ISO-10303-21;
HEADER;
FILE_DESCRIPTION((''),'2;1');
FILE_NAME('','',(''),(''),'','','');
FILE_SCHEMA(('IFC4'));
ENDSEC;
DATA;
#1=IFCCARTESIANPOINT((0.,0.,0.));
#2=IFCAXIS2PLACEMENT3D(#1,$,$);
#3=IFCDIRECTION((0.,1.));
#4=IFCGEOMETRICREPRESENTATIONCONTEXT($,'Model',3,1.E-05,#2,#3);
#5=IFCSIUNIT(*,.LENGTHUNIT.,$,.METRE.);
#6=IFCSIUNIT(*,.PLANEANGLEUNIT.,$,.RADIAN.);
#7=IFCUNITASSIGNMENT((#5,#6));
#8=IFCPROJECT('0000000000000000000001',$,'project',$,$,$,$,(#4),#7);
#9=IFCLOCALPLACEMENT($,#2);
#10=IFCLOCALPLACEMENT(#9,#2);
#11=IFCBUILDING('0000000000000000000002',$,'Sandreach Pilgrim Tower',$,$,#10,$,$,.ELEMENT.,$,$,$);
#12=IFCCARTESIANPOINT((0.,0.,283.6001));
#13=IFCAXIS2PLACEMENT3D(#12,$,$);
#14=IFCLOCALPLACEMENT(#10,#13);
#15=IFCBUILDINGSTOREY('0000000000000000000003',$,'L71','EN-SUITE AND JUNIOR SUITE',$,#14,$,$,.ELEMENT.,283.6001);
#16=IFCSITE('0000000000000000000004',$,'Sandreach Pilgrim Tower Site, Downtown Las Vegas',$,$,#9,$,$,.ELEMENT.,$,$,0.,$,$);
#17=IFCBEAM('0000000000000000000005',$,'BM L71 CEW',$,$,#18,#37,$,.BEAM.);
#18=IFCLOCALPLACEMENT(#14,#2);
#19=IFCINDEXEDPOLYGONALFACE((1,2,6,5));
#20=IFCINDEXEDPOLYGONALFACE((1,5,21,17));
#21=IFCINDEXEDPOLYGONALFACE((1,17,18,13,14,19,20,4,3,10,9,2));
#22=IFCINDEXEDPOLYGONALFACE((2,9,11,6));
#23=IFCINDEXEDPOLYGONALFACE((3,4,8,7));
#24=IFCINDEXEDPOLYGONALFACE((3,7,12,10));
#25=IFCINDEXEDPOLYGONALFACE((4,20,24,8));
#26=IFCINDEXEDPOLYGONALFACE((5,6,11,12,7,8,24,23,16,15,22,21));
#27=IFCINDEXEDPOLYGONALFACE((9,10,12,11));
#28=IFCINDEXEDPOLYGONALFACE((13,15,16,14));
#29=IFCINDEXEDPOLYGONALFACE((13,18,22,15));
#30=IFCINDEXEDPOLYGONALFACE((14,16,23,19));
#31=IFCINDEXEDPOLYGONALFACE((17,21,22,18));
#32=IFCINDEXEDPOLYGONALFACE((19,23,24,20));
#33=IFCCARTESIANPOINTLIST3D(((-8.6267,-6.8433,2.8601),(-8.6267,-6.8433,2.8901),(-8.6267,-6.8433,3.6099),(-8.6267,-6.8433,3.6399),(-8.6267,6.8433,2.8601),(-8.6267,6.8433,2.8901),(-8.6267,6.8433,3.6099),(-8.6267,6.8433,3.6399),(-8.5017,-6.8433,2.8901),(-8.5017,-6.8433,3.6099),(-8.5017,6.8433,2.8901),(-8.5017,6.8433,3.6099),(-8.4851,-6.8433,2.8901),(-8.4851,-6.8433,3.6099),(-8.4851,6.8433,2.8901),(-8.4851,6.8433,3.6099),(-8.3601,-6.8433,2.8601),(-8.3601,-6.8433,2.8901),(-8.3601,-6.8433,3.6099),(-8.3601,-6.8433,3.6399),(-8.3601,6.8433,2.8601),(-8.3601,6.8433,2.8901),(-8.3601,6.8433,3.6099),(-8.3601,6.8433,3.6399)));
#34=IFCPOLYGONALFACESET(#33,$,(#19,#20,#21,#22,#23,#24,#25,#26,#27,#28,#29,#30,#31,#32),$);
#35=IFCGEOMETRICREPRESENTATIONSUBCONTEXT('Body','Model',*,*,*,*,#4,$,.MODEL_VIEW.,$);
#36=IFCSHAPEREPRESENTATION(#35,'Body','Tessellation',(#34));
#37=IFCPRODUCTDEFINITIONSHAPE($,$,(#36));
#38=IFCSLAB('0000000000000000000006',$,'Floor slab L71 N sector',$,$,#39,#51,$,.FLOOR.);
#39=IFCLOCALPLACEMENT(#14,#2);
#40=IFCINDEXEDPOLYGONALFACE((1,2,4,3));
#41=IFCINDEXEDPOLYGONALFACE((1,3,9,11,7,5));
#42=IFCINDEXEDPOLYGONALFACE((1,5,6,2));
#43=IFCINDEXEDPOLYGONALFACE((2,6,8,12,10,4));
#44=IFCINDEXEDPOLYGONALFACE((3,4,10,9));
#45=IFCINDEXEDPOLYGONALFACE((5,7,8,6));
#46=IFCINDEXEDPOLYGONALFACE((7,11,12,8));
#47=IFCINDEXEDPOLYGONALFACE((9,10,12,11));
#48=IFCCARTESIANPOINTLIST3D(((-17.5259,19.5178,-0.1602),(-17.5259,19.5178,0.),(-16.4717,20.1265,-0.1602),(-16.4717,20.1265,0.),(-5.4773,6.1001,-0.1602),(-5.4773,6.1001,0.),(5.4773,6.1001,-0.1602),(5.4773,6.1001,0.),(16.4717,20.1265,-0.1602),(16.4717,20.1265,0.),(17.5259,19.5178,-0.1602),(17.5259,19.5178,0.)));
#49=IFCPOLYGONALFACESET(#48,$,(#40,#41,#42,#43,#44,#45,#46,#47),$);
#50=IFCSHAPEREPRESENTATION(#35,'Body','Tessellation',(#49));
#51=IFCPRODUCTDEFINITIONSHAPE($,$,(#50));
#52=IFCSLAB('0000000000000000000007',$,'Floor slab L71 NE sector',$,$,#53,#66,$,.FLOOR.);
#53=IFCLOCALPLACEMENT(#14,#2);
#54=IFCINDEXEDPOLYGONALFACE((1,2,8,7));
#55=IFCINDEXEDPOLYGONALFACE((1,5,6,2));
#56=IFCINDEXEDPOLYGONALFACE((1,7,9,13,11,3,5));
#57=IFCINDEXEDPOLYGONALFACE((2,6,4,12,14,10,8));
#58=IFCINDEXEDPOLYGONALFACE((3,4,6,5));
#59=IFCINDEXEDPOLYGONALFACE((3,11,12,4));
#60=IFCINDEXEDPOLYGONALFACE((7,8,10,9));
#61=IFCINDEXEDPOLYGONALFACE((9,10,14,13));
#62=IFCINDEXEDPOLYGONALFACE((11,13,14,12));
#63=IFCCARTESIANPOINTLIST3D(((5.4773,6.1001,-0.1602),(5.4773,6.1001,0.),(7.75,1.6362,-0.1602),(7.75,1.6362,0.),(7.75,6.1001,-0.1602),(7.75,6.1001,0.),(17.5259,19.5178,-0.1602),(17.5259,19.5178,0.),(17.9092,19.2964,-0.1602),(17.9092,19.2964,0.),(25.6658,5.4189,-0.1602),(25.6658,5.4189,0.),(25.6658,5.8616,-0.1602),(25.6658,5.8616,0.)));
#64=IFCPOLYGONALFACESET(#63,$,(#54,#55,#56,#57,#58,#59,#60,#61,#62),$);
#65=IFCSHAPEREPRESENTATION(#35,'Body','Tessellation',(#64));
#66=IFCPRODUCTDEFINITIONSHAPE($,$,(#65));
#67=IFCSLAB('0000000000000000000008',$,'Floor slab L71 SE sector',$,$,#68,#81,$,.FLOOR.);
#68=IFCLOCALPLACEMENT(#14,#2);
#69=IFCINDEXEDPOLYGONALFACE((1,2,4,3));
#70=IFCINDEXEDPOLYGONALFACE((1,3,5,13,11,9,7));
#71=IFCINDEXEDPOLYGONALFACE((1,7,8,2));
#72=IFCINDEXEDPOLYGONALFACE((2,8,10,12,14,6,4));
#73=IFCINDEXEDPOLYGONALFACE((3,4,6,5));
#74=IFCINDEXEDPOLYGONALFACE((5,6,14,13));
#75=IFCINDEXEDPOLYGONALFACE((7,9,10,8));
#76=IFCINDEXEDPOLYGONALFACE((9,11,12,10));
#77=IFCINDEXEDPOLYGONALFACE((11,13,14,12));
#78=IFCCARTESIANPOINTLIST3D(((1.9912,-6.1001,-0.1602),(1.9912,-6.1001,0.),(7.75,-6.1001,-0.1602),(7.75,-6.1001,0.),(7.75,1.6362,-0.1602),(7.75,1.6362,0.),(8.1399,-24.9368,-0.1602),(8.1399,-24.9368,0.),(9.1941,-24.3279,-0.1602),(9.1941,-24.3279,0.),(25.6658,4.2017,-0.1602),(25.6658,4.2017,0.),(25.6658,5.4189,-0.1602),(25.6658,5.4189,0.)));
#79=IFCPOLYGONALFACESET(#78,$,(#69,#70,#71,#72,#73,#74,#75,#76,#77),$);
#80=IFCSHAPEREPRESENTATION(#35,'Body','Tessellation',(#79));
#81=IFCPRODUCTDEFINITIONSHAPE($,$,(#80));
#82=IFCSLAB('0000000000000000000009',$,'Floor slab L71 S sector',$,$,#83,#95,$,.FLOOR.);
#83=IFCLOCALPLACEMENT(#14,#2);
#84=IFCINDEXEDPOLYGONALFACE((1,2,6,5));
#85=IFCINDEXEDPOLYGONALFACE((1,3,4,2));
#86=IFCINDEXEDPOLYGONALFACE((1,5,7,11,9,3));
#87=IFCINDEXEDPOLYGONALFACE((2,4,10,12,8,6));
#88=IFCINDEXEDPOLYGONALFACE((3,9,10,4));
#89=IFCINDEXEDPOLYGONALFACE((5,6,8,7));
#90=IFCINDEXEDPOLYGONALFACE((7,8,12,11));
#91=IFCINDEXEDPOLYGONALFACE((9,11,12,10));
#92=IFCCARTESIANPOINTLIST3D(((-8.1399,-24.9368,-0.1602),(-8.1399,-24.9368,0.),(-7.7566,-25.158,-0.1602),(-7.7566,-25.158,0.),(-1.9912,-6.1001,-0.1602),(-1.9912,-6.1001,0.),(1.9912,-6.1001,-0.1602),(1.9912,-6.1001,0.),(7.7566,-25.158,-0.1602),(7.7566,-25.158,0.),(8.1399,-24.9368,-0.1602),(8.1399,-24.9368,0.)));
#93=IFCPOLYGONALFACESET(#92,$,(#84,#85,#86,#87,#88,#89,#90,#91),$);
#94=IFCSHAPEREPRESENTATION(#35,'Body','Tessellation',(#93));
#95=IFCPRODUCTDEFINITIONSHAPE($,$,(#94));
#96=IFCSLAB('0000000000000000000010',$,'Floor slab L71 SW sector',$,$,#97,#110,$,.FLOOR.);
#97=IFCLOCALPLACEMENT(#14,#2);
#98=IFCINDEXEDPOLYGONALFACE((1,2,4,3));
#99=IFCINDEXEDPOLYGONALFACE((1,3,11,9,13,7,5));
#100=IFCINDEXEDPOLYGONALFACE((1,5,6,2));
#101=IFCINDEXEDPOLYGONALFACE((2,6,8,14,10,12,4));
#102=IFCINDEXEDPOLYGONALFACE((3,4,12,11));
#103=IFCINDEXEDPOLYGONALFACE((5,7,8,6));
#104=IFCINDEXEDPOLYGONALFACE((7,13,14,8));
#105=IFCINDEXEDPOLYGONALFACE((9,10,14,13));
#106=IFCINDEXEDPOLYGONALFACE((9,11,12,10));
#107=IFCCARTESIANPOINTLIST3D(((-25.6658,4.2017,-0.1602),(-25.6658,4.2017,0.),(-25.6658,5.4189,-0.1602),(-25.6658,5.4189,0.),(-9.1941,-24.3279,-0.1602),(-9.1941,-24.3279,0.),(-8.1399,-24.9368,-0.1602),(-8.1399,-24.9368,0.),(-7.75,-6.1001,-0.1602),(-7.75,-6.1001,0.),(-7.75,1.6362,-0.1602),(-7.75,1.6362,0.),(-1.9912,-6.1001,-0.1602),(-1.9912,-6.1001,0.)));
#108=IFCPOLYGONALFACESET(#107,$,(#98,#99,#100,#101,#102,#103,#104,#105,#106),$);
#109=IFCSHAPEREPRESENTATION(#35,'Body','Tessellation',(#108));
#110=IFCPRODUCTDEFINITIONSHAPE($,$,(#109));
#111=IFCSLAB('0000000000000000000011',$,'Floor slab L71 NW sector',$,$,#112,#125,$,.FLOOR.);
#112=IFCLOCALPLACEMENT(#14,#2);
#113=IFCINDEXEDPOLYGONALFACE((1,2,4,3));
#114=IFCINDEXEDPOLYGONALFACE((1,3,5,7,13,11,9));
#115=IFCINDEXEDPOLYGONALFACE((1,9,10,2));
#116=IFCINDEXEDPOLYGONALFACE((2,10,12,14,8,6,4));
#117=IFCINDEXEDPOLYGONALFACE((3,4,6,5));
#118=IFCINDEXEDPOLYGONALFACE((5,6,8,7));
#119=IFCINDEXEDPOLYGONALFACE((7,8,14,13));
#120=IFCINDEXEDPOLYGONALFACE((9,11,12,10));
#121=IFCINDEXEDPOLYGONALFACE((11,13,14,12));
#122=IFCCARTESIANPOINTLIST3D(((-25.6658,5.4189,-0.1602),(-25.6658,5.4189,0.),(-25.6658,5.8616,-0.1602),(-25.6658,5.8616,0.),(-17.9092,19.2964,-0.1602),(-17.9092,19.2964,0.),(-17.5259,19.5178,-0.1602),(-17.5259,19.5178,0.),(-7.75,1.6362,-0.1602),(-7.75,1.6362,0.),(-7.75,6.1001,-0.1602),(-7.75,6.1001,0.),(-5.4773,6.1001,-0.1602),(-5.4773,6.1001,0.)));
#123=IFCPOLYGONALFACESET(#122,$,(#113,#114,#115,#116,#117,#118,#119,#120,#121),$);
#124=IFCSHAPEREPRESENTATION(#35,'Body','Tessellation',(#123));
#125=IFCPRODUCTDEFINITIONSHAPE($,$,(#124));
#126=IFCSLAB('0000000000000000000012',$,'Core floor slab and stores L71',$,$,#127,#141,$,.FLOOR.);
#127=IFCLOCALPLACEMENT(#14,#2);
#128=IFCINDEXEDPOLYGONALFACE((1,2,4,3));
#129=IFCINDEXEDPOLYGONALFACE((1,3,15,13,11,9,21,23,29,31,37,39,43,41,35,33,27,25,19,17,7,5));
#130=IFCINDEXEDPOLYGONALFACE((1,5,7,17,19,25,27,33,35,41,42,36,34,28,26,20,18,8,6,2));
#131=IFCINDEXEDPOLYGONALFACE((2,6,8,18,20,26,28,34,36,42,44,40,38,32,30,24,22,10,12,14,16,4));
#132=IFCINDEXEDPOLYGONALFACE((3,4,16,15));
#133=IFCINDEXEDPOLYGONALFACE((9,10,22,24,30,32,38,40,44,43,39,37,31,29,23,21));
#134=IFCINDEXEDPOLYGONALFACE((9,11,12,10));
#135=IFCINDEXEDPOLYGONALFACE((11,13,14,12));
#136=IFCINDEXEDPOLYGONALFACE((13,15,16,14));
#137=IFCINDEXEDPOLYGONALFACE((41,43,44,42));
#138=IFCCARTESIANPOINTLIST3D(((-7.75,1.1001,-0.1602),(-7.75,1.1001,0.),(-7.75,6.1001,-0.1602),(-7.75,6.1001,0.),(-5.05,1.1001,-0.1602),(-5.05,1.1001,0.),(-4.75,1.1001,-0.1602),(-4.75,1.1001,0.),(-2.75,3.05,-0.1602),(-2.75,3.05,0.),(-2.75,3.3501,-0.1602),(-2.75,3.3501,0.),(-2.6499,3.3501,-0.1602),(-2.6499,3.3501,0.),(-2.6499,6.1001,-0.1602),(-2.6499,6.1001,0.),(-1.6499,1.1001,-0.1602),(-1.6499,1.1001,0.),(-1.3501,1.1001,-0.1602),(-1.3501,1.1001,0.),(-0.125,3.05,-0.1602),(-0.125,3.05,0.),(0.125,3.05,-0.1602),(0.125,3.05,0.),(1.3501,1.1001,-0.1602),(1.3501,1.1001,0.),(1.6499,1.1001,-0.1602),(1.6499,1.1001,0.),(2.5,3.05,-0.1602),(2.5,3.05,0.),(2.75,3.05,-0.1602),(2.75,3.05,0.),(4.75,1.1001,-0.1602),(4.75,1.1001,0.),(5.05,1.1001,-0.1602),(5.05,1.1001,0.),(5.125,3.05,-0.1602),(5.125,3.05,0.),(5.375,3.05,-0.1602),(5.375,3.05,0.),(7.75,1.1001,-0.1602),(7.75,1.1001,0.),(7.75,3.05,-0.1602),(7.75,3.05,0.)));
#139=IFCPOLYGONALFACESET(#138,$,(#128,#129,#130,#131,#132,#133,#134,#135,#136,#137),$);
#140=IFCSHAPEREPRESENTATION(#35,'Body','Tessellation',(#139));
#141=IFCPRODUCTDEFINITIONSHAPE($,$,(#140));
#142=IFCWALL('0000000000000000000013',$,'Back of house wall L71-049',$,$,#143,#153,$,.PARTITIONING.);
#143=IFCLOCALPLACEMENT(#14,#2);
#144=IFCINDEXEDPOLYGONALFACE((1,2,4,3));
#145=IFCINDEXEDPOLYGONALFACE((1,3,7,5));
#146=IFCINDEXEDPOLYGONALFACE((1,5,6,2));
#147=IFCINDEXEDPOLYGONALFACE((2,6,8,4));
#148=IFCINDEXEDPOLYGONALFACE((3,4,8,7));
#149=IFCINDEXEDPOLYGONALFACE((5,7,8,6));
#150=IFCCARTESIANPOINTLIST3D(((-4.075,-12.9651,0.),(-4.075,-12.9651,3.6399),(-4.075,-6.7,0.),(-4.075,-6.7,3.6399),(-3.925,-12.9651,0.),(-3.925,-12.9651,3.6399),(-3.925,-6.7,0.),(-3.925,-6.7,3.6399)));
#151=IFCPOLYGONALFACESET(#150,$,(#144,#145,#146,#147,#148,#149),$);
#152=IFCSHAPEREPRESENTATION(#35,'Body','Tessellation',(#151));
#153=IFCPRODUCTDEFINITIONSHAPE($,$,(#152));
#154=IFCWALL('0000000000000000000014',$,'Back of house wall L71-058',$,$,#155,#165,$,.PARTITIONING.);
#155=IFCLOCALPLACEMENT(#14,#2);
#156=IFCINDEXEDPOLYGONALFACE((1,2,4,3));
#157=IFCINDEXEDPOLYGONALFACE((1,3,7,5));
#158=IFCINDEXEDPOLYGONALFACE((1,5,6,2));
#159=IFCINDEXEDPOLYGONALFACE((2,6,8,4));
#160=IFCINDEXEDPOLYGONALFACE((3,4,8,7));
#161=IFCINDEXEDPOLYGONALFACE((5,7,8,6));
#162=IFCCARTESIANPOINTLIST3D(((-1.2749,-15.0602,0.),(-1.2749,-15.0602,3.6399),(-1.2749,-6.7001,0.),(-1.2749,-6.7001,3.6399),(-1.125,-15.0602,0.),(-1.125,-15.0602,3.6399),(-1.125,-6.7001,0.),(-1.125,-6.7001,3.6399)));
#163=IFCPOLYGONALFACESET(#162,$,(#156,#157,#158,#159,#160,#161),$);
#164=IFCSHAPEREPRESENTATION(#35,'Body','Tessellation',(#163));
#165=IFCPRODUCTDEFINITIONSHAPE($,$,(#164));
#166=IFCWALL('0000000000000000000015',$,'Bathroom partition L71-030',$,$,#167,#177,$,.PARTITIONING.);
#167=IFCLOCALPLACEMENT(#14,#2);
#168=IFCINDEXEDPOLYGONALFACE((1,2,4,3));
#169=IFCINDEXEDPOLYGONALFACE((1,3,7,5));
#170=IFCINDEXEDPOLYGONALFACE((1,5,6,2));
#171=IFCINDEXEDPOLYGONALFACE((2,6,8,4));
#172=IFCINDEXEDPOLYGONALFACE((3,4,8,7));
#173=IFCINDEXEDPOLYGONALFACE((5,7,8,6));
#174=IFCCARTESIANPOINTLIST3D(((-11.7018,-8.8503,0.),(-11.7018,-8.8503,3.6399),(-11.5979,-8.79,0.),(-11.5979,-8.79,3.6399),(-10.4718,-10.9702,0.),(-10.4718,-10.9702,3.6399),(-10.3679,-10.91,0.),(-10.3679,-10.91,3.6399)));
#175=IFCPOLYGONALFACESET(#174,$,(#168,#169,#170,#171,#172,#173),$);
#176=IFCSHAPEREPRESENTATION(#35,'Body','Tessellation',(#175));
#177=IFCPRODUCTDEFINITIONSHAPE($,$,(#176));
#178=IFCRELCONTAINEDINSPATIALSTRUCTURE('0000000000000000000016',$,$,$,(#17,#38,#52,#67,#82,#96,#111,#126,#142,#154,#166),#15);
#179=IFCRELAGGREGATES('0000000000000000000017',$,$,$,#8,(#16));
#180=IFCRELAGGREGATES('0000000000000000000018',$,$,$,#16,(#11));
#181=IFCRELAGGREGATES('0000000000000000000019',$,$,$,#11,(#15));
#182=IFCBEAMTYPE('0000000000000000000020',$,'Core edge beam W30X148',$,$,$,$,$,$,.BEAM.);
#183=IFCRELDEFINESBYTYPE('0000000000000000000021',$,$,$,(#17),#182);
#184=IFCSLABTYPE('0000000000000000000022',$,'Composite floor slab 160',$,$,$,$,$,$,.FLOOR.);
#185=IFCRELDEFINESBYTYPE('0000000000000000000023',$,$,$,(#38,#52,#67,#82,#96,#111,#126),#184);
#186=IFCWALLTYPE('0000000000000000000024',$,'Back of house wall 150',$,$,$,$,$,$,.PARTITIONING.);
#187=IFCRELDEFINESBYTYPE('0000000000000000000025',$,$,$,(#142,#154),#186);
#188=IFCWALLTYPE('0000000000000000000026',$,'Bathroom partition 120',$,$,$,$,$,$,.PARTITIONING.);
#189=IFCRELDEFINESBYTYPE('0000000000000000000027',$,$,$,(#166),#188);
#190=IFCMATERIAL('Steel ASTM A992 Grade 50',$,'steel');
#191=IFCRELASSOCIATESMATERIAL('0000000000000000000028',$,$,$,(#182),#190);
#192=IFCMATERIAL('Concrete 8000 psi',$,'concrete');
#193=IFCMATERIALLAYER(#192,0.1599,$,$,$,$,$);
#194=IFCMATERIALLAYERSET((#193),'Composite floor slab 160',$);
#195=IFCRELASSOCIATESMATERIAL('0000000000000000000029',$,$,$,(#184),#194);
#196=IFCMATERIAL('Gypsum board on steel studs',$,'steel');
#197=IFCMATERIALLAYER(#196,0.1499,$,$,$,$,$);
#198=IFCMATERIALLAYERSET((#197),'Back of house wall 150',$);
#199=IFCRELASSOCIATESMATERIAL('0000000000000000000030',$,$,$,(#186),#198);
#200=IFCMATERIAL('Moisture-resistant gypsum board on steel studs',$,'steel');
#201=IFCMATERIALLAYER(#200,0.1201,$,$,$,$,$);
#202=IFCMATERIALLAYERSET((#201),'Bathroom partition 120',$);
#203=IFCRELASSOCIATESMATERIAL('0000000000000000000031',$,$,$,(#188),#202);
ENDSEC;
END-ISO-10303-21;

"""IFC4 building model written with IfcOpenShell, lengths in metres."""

from ifc_helpers import new_model, si_unit, direction, frame, frame_2d, origin, origin_2d, place, context, subcontext, project, spatial, polyline, rectangle, i_section, outline, extrude, material, layer, layer_set, material_profile, profile_set, type_object, element, save


model = new_model("IFC4")

# Units and contexts
model_context = context("Model", 3, precision=1e-05, world=origin(), true_north=direction((0.0, 1.0)))
body_context = subcontext(model_context, "Body", "Model", "MODEL_VIEW")
ifc_project = project(units=[si_unit("LENGTHUNIT", "METRE"), si_unit("PLANEANGLEUNIT", "RADIAN")], contexts=[model_context])

# Site, building, storey
site_placement = place(None, origin())
site = spatial("IfcSite", under=ifc_project, at=site_placement, Name="Sandreach Pilgrim Tower Site, Downtown Las Vegas", CompositionType="ELEMENT", RefElevation=0.0)
building_placement = place(site_placement, origin())
building = spatial("IfcBuilding", under=site, at=building_placement, Name="Sandreach Pilgrim Tower", CompositionType="ELEMENT")
storey_placement = place(building_placement, frame((0.0, 0.0, 283.6001)))
storey = spatial("IfcBuildingStorey", under=building, at=storey_placement, Name="L71", Description="EN-SUITE AND JUNIOR SUITE", CompositionType="ELEMENT", Elevation=283.6001)

# Beam
ifc_material_1 = material(Name="Steel ASTM A992 Grade 50", Category="steel")
ifc_material_profile = material_profile(ifc_material_1, i_section(OverallWidth=0.2666, OverallDepth=0.7798, WebThickness=0.0166, FlangeThickness=0.03, at=origin_2d()), Name="W30X148")
ifc_profile_set = profile_set([ifc_material_profile], Name="Steel ASTM A992 Grade 50")
beam_type = type_object("IfcBeamType", Name="Core edge beam W30X148", PredefinedType="BEAM", material=ifc_profile_set)
beam_placement = place(storey_placement, frame((-8.4934, -6.8433, 3.25), z_axis=(0.0, 1.0, 0.0), x_axis=(-1.0, 0.0, 0.0)))
element("IfcBeam", 1, at=beam_placement, inside=storey, type_object=beam_type, Name="BM L71 CEW", PredefinedType="BEAM", context=body_context, shape_type="SweptSolid", body=[
    extrude(i_section(OverallWidth=0.2666, OverallDepth=0.7798, WebThickness=0.0166, FlangeThickness=0.03, at=origin_2d()), origin(), (0.0, 0.0, 1.0), 13.6865),
])

# Slabs
ifc_material_2 = material(Name="Concrete 8000 psi", Category="concrete")
ifc_layer_1 = layer(ifc_material_2, 0.1599)
ifc_layer_set_1 = layer_set([ifc_layer_1], Name="Composite floor slab 160")
slab_type = type_object("IfcSlabType", Name="Composite floor slab 160", PredefinedType="FLOOR", material=ifc_layer_set_1)
slab_1_placement = place(storey_placement, frame((0.0, 0.0, -0.1602)))
element("IfcSlab", 2, at=slab_1_placement, inside=storey, type_object=slab_type, Name="Floor slab L71 N sector", PredefinedType="FLOOR", context=body_context, shape_type="SweptSolid", body=[
    extrude(outline(polyline([(-16.4717, 20.1265), (16.4717, 20.1265), (17.5259, 19.5178), (5.4773, 6.1001), (-5.4773, 6.1001), (-17.5259, 19.5178), (-16.4717, 20.1265)])), origin(), (0.0, 0.0, 1.0), 0.1602),
])
slab_2_placement = place(storey_placement, frame((0.0, 0.0, -0.1602)))
element("IfcSlab", 3, at=slab_2_placement, inside=storey, type_object=slab_type, Name="Floor slab L71 NE sector", PredefinedType="FLOOR", context=body_context, shape_type="SweptSolid", body=[
    extrude(outline(polyline([(17.9092, 19.2964), (25.6658, 5.8616), (25.6658, 5.4189), (7.75, 1.6362), (7.75, 6.1001), (5.4773, 6.1001), (17.5259, 19.5178), (17.9092, 19.2964)])), origin(), (0.0, 0.0, 1.0), 0.1602),
])
slab_3_placement = place(storey_placement, frame((0.0, 0.0, -0.1602)))
element("IfcSlab", 4, at=slab_3_placement, inside=storey, type_object=slab_type, Name="Floor slab L71 SE sector", PredefinedType="FLOOR", context=body_context, shape_type="SweptSolid", body=[
    extrude(outline(polyline([(25.6658, 4.2017), (9.1941, -24.3279), (8.1399, -24.9368), (1.9912, -6.1001), (7.75, -6.1001), (7.75, 1.6362), (25.6658, 5.4189), (25.6658, 4.2017)])), origin(), (0.0, 0.0, 1.0), 0.1602),
])
slab_4_placement = place(storey_placement, frame((0.0, 0.0, -0.1602)))
element("IfcSlab", 5, at=slab_4_placement, inside=storey, type_object=slab_type, Name="Floor slab L71 S sector", PredefinedType="FLOOR", context=body_context, shape_type="SweptSolid", body=[
    extrude(outline(polyline([(7.7566, -25.158), (-7.7566, -25.158), (-8.1399, -24.9368), (-1.9912, -6.1001), (1.9912, -6.1001), (8.1399, -24.9368), (7.7566, -25.158)])), origin(), (0.0, 0.0, 1.0), 0.1602),
])
slab_5_placement = place(storey_placement, frame((0.0, 0.0, -0.1602)))
element("IfcSlab", 6, at=slab_5_placement, inside=storey, type_object=slab_type, Name="Floor slab L71 SW sector", PredefinedType="FLOOR", context=body_context, shape_type="SweptSolid", body=[
    extrude(outline(polyline([(-9.1941, -24.3279), (-25.6658, 4.2017), (-25.6658, 5.4189), (-7.75, 1.6362), (-7.75, -6.1001), (-1.9912, -6.1001), (-8.1399, -24.9368), (-9.1941, -24.3279)])), origin(), (0.0, 0.0, 1.0), 0.1602),
])
slab_6_placement = place(storey_placement, frame((0.0, 0.0, -0.1602)))
element("IfcSlab", 7, at=slab_6_placement, inside=storey, type_object=slab_type, Name="Floor slab L71 NW sector", PredefinedType="FLOOR", context=body_context, shape_type="SweptSolid", body=[
    extrude(outline(polyline([(-25.6658, 5.8616), (-17.9092, 19.2964), (-17.5259, 19.5178), (-5.4773, 6.1001), (-7.75, 6.1001), (-7.75, 1.6362), (-25.6658, 5.4189), (-25.6658, 5.8616)])), origin(), (0.0, 0.0, 1.0), 0.1602),
])
slab_7_placement = place(storey_placement, frame((0.0, 0.0, -0.1602)))
element("IfcSlab", 8, at=slab_7_placement, inside=storey, type_object=slab_type, Name="Core floor slab and stores L71", PredefinedType="FLOOR", context=body_context, shape_type="SweptSolid", body=[
    extrude(outline(polyline([(-2.75, 3.3501), (-2.75, 3.05), (-0.125, 3.05), (0.125, 3.05), (2.5, 3.05), (2.75, 3.05), (5.125, 3.05), (5.375, 3.05), (7.75, 3.05), (7.75, 1.1001), (5.05, 1.1001), (4.75, 1.1001), (1.6499, 1.1001), (1.3501, 1.1001), (-1.3501, 1.1001), (-1.6499, 1.1001), (-4.75, 1.1001), (-5.05, 1.1001), (-7.75, 1.1001), (-7.75, 6.1001), (-2.6499, 6.1001), (-2.6499, 3.3501), (-2.75, 3.3501)])), origin(), (0.0, 0.0, 1.0), 0.1602),
])

# Walls
ifc_material_3 = material(Name="Gypsum board on steel studs", Category="steel")
ifc_layer_2 = layer(ifc_material_3, 0.1499)
ifc_layer_set_2 = layer_set([ifc_layer_2], Name="Back of house wall 150")
wall_type_1 = type_object("IfcWallType", Name="Back of house wall 150", PredefinedType="PARTITIONING", material=ifc_layer_set_2)
wall_1_placement = place(storey_placement, frame((-4.0, -6.7, 0.0), z_axis=(0.0, 0.0, 1.0), x_axis=(0.0, -1.0, 0.0)))
element("IfcWall", 9, at=wall_1_placement, inside=storey, type_object=wall_type_1, Name="Back of house wall L71-049", PredefinedType="PARTITIONING", context=body_context, shape_type="SweptSolid", body=[
    extrude(rectangle(XDim=6.2651, YDim=0.1499, at=frame_2d((3.1326, 0.0))), origin(), (0.0, 0.0, 1.0), 3.6399),
])
wall_2_placement = place(storey_placement, frame((-1.2, -6.7, 0.0), z_axis=(0.0, 0.0, 1.0), x_axis=(0.0, -1.0, 0.0)))
element("IfcWall", 10, at=wall_2_placement, inside=storey, type_object=wall_type_1, Name="Back of house wall L71-058", PredefinedType="PARTITIONING", context=body_context, shape_type="SweptSolid", body=[
    extrude(rectangle(XDim=8.3601, YDim=0.1499, at=frame_2d((4.1802, 0.0))), origin(), (0.0, 0.0, 1.0), 3.6399),
])
ifc_material_4 = material(Name="Moisture-resistant gypsum board on steel studs", Category="steel")
ifc_layer_3 = layer(ifc_material_4, 0.1201)
ifc_layer_set_3 = layer_set([ifc_layer_3], Name="Bathroom partition 120")
wall_type_2 = type_object("IfcWallType", Name="Bathroom partition 120", PredefinedType="PARTITIONING", material=ifc_layer_set_3)
wall_3_placement = place(storey_placement, frame((-11.6499, -8.8201, 0.0), z_axis=(0.0, 0.0, 1.0), x_axis=(0.501857, -0.864951, 0.0)))
element("IfcWall", 11, at=wall_3_placement, inside=storey, type_object=wall_type_2, Name="Bathroom partition L71-030", PredefinedType="PARTITIONING", context=body_context, shape_type="SweptSolid", body=[
    extrude(rectangle(XDim=2.4509, YDim=0.1201, at=frame_2d((1.2256, 0.0))), origin(), (0.0, 0.0, 1.0), 3.6399),
])

save(model, "model.ifc")
